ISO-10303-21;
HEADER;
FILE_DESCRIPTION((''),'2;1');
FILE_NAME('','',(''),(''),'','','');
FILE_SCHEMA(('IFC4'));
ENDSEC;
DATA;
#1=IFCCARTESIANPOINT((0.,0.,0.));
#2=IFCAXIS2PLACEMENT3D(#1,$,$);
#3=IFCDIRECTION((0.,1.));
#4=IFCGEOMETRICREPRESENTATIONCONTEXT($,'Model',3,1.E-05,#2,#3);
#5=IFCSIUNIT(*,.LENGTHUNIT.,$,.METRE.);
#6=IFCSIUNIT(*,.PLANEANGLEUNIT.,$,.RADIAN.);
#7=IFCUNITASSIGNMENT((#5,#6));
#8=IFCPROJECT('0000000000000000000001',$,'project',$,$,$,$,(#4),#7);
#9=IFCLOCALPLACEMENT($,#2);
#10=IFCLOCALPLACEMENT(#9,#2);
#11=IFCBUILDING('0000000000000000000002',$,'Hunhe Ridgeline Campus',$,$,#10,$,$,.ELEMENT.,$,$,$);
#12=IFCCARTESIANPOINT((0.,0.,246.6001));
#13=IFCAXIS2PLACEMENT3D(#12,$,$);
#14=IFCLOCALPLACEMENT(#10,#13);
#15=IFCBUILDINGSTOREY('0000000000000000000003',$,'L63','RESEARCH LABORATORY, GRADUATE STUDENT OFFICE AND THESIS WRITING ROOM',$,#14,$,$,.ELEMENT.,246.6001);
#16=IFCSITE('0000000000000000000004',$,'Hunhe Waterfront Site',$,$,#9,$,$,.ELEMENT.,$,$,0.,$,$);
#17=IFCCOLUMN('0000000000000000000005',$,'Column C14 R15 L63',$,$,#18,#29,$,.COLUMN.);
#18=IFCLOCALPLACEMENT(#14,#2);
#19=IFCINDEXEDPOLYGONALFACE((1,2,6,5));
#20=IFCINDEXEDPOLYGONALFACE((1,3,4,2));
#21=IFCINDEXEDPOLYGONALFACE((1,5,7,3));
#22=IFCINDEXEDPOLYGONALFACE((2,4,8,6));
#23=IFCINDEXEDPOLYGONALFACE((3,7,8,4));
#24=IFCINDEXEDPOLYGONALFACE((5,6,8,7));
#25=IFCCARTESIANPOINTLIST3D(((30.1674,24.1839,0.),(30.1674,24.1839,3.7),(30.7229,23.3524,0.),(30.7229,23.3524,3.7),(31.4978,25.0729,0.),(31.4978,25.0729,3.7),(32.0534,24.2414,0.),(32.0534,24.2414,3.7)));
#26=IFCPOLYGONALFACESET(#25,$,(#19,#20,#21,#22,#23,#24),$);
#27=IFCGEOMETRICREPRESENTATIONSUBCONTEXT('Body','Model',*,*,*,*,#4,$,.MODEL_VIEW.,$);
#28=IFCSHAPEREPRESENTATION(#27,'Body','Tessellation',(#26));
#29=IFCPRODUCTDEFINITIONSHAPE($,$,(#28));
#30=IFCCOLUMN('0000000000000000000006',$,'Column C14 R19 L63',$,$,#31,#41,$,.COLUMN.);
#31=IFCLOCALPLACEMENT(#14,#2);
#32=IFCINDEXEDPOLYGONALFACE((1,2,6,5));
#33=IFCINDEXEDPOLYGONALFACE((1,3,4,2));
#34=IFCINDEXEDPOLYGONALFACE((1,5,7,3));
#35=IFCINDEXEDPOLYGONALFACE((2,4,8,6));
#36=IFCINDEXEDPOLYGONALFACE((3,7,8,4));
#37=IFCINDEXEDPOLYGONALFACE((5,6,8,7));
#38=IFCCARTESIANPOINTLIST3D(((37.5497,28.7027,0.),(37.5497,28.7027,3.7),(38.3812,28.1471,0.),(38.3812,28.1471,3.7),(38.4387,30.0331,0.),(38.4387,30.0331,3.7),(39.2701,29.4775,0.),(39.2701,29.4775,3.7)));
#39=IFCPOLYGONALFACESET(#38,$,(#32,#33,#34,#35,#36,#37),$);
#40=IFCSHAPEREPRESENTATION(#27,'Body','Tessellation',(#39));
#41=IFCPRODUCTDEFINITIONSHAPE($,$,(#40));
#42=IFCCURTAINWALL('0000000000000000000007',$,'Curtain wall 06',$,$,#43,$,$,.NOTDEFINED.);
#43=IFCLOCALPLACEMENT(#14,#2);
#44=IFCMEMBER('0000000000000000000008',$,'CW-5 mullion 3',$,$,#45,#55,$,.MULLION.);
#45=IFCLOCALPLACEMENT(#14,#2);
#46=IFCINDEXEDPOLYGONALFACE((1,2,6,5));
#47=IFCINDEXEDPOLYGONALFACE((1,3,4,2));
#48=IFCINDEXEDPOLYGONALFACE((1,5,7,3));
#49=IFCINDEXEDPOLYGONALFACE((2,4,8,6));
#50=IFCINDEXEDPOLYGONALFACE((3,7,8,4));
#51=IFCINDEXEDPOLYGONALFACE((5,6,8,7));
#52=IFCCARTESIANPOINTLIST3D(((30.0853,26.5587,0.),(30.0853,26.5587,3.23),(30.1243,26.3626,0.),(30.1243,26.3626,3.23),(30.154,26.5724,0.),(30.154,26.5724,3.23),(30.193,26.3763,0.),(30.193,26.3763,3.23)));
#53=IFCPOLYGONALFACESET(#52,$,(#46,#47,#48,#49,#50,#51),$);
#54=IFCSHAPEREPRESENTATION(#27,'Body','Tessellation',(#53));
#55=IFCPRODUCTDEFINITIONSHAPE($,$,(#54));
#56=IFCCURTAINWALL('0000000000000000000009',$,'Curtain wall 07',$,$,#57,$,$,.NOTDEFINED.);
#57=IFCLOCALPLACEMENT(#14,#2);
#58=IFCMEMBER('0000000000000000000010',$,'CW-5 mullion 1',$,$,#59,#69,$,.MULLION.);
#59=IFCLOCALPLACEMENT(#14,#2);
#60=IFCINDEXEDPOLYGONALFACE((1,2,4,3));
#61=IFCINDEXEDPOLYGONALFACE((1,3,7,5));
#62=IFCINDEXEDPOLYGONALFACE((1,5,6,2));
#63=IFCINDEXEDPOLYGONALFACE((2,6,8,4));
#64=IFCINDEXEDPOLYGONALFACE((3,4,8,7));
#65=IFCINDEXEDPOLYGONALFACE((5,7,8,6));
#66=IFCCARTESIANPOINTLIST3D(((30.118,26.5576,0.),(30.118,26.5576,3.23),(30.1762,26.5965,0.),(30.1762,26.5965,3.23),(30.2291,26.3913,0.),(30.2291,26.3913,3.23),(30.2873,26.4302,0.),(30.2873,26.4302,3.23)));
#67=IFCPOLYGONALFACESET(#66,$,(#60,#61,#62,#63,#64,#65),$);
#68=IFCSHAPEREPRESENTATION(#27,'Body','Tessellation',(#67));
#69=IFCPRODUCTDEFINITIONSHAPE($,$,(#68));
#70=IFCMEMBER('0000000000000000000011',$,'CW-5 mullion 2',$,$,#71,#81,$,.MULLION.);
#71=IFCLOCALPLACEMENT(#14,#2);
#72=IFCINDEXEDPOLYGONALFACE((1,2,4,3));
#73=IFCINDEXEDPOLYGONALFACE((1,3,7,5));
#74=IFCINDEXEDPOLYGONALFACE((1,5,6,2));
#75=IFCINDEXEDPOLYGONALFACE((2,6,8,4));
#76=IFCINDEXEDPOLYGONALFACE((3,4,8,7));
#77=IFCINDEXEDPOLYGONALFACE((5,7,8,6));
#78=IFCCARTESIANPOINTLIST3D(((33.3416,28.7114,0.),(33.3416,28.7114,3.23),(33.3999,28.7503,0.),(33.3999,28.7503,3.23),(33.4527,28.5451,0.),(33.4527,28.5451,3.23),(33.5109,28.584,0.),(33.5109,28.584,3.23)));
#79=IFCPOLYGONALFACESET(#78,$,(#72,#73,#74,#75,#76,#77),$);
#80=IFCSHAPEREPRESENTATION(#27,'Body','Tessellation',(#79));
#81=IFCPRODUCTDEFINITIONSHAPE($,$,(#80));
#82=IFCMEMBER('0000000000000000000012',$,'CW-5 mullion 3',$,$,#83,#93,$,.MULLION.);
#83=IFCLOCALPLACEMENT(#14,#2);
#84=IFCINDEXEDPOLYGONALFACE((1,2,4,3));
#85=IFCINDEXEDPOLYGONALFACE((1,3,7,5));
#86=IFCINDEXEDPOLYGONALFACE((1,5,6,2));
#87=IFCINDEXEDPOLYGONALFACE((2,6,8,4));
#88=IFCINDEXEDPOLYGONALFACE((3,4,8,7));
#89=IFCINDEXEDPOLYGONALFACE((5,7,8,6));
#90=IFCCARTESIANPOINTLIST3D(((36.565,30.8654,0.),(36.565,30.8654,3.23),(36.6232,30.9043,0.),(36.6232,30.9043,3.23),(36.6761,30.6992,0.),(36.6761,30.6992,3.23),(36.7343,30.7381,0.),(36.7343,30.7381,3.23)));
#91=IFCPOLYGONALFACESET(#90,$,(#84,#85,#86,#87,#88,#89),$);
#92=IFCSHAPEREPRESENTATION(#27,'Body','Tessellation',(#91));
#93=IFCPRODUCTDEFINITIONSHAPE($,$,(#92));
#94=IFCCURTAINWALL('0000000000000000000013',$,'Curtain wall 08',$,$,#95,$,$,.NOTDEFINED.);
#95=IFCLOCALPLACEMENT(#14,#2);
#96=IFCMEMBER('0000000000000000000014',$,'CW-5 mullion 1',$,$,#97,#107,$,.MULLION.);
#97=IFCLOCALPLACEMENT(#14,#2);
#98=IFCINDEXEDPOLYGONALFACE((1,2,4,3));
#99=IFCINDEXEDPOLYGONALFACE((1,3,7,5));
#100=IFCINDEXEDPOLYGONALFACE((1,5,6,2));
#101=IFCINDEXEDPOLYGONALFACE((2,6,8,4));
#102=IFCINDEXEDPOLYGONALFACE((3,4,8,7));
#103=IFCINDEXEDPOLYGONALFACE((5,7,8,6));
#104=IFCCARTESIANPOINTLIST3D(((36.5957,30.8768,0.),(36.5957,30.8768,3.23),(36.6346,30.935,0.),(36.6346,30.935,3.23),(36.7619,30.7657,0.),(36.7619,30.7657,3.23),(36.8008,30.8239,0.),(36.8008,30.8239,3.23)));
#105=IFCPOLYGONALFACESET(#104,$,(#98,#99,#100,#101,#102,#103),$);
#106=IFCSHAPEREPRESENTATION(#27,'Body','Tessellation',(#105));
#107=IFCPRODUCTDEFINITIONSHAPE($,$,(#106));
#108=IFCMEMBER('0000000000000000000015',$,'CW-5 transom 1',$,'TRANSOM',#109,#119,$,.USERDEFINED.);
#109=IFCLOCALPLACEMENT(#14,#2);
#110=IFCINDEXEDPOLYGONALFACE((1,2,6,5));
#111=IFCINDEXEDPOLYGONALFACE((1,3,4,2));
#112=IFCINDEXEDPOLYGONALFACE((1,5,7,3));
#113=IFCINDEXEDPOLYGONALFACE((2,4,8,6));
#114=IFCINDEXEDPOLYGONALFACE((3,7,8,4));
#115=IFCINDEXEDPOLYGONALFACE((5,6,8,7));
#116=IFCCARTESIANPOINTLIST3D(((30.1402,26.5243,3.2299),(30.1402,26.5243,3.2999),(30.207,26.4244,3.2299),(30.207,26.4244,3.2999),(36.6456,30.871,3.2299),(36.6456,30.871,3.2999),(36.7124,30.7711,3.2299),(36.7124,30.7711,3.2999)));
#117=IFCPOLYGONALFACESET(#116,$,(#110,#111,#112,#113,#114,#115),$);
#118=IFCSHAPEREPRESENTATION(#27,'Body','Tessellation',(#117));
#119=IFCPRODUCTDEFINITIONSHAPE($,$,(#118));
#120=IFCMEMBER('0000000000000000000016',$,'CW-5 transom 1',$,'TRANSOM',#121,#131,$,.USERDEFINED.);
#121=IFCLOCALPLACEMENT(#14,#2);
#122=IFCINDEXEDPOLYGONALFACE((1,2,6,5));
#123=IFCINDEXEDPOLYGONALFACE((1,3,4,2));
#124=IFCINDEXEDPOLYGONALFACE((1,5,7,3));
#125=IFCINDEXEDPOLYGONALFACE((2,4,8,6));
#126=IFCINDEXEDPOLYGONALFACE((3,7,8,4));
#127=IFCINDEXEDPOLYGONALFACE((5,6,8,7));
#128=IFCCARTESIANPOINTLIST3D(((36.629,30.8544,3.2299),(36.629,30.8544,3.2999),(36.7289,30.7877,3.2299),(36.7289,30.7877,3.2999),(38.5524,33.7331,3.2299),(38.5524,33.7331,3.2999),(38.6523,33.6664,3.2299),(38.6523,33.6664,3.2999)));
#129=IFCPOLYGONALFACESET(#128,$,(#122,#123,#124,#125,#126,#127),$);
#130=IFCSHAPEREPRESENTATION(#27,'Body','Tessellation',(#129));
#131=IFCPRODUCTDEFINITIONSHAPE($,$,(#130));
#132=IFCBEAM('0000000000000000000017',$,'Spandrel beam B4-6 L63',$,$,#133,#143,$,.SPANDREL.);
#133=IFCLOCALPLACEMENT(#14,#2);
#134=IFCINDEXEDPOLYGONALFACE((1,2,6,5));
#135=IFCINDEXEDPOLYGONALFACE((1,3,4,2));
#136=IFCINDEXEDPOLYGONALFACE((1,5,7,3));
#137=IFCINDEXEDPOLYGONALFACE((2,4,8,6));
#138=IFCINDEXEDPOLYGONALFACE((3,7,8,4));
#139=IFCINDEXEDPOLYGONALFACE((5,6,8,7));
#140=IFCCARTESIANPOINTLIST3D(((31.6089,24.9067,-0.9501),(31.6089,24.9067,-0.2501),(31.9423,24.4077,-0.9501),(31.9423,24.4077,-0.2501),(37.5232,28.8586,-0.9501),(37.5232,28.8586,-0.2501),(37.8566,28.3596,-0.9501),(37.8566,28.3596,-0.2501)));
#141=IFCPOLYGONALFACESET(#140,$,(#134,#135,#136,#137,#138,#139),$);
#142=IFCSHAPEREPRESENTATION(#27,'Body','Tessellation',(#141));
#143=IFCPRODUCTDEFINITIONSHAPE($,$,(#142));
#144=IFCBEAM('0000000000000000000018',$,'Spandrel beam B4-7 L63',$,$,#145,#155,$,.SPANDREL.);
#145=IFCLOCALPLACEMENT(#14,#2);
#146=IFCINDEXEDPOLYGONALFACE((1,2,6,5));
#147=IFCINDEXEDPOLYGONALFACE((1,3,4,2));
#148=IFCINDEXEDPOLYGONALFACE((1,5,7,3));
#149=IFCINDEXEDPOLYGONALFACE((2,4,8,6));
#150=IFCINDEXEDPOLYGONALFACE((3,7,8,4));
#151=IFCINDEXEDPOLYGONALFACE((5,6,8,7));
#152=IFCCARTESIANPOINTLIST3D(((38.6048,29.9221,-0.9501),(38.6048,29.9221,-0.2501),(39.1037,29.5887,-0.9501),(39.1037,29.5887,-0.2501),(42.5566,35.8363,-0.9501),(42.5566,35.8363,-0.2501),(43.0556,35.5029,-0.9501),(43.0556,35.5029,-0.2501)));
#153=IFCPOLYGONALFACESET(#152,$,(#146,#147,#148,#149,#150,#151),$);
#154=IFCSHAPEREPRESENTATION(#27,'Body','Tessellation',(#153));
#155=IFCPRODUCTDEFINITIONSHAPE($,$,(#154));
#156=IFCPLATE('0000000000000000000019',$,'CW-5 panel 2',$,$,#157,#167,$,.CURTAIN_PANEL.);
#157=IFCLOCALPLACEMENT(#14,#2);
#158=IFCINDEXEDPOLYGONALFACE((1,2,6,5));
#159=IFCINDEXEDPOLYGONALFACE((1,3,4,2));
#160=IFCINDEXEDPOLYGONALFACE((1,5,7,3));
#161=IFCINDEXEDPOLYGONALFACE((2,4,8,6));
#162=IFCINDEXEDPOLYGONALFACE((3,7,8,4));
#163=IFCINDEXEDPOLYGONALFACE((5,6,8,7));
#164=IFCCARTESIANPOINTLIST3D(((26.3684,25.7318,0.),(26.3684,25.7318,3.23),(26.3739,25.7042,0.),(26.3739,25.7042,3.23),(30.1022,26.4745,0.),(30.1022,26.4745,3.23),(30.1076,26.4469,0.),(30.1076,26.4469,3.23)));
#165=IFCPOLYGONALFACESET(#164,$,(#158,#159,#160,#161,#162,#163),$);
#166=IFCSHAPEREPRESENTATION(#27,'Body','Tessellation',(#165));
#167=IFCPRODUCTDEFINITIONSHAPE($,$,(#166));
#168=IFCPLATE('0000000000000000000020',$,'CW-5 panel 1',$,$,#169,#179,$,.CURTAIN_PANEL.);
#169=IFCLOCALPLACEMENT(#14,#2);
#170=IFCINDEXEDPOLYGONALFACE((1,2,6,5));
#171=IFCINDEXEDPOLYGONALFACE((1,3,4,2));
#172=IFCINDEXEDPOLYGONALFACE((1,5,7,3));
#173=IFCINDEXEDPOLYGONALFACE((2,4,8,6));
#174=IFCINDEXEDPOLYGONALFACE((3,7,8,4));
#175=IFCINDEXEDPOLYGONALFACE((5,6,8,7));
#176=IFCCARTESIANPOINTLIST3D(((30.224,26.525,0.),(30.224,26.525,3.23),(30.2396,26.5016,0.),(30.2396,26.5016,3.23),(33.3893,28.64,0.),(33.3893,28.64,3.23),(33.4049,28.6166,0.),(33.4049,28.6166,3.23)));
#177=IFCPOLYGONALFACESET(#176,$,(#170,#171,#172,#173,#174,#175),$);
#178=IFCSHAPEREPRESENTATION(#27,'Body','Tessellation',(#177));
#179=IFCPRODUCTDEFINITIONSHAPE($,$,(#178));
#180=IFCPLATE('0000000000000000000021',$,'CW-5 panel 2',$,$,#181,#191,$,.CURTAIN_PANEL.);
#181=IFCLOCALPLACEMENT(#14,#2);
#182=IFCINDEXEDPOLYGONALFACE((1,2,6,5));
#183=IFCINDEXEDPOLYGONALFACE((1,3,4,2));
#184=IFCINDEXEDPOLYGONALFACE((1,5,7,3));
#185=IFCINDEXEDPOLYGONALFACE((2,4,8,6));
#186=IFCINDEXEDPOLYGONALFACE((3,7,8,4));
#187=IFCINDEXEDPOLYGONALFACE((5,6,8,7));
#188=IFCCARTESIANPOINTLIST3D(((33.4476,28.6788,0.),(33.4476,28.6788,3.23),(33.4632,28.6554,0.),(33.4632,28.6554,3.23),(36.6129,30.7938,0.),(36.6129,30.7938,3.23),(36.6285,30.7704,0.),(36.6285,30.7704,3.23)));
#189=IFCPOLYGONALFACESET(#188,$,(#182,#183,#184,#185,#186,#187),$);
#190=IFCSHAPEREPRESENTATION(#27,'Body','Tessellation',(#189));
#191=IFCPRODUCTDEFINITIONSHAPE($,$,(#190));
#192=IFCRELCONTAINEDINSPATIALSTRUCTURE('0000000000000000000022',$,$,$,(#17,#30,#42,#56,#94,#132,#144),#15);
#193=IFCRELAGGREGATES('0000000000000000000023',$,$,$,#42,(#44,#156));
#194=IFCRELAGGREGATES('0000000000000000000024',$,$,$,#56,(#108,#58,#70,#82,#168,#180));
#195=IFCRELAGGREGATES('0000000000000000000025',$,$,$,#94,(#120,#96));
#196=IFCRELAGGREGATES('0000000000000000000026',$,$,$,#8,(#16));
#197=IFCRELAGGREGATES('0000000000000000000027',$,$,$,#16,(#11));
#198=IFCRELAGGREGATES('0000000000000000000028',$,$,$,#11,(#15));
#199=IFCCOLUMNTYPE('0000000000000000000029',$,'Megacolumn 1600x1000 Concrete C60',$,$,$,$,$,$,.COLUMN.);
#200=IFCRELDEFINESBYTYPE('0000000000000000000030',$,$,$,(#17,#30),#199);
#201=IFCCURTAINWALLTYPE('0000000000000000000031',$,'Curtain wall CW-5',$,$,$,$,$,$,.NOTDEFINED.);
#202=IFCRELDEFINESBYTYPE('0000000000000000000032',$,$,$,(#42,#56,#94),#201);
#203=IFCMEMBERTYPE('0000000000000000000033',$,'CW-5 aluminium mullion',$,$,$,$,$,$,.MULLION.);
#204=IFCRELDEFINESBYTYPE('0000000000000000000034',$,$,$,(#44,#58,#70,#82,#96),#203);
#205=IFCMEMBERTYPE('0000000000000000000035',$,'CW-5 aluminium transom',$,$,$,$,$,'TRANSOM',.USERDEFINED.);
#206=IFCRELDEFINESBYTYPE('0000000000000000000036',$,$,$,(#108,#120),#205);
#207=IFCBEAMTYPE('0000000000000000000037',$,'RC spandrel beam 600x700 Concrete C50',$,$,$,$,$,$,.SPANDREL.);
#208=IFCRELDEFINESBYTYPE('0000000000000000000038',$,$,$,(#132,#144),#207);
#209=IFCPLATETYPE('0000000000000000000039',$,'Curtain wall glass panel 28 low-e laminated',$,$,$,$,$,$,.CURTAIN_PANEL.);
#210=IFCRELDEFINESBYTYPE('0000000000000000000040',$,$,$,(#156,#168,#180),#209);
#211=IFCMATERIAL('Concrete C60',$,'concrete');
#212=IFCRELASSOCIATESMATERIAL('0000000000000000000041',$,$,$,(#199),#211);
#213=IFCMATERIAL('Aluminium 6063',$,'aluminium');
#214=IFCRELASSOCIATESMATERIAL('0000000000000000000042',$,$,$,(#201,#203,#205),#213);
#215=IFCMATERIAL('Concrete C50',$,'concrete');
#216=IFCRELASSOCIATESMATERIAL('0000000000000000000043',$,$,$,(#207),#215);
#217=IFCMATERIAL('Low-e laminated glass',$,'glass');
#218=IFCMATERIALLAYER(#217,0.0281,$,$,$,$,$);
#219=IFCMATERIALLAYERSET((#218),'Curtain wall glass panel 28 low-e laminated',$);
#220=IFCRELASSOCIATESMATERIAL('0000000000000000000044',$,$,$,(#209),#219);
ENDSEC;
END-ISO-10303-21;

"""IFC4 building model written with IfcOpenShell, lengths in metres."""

from ifc_helpers import new_model, si_unit, direction, frame, origin, origin_2d, place, context, subcontext, project, spatial, rectangle, extrude, material, layer, layer_set, material_profile, profile_set, type_object, element, aggregate, save


model = new_model("IFC4")

# Units and contexts
model_context = context("Model", 3, precision=1e-05, world=origin(), true_north=direction((0.0, 1.0)))
body_context = subcontext(model_context, "Body", "Model", "MODEL_VIEW")
ifc_project = project(units=[si_unit("LENGTHUNIT", "METRE"), si_unit("PLANEANGLEUNIT", "RADIAN")], contexts=[model_context])

# Site, building, storey
site_placement = place(None, origin())
site = spatial("IfcSite", under=ifc_project, at=site_placement, Name="Hunhe Waterfront Site", CompositionType="ELEMENT", RefElevation=0.0)
building_placement = place(site_placement, origin())
building = spatial("IfcBuilding", under=site, at=building_placement, Name="Hunhe Ridgeline Campus", CompositionType="ELEMENT")
storey_placement = place(building_placement, frame((0.0, 0.0, 246.6001)))
storey = spatial("IfcBuildingStorey", under=building, at=storey_placement, Name="L63", Description="RESEARCH LABORATORY, GRADUATE STUDENT OFFICE AND THESIS WRITING ROOM", CompositionType="ELEMENT", Elevation=246.6001)

# Columns
ifc_material_1 = material(Name="Concrete C60", Category="concrete")
ifc_material_profile_1 = material_profile(ifc_material_1, rectangle(XDim=1.6001, YDim=1.0, at=origin_2d()))
ifc_profile_set_1 = profile_set([ifc_material_profile_1], Name="Concrete C60")
column_type = type_object("IfcColumnType", Name="Megacolumn 1600x1000 Concrete C60", PredefinedType="COLUMN", material=ifc_profile_set_1)
for number, where, z_axis, x_axis, name in (
    (1, (31.1104, 24.2126, 0.0), (0.0, 0.0, 1.0), (0.83147, 0.55557, 0.0), "Column C14 R15 L63"),
    (2, (38.4099, 29.0901, 0.0), (0.0, 0.0, 1.0), (0.55557, 0.83147, 0.0), "Column C14 R19 L63"),
):
    element("IfcColumn", number, at=place(storey_placement, frame(where, z_axis=z_axis, x_axis=x_axis)), inside=storey, type_object=column_type, Name=name, PredefinedType="COLUMN", context=body_context, shape_type="SweptSolid", body=[
        extrude(rectangle(XDim=1.6001, YDim=1.0, at=origin_2d()), origin(), (0.0, 0.0, 1.0), 3.7),
    ])

# Curtain wall, member
ifc_material_2 = material(Name="Aluminium 6063", Category="aluminium")
curtain_wall_type = type_object("IfcCurtainWallType", Name="Curtain wall CW-5", PredefinedType="NOTDEFINED", material=ifc_material_2)
curtain_wall_1_placement = place(storey_placement, origin())
curtain_wall_1 = element("IfcCurtainWall", 3, at=curtain_wall_1_placement, inside=storey, type_object=curtain_wall_type, Name="Curtain wall 06", PredefinedType="NOTDEFINED")
ifc_material_profile_2 = material_profile(ifc_material_2, rectangle(XDim=0.2, YDim=0.0701, at=origin_2d()))
ifc_profile_set_2 = profile_set([ifc_material_profile_2], Name="Aluminium 6063")
member_type_1 = type_object("IfcMemberType", Name="CW-5 aluminium mullion", PredefinedType="MULLION", material=ifc_profile_set_2)
member_1_placement = place(storey_placement, frame((30.1392, 26.4675, 0.0), z_axis=(0.0, 0.0, 1.0), x_axis=(-0.19509, 0.980785, 0.0)))
member_1 = element("IfcMember", 4, at=member_1_placement, type_object=member_type_1, Name="CW-5 mullion 3", PredefinedType="MULLION", context=body_context, shape_type="SweptSolid", body=[
    extrude(rectangle(XDim=0.2, YDim=0.0701, at=origin_2d()), origin(), (0.0, 0.0, 1.0), 3.23),
])

# Curtain wall, members
curtain_wall_2_placement = place(storey_placement, origin())
curtain_wall_2 = element("IfcCurtainWall", 5, at=curtain_wall_2_placement, inside=storey, type_object=curtain_wall_type, Name="Curtain wall 07", PredefinedType="NOTDEFINED")
member_2_placement = place(storey_placement, frame((30.2026, 26.4939, 0.0), z_axis=(0.0, 0.0, 1.0), x_axis=(-0.55557, 0.83147, 0.0)))
member_2 = element("IfcMember", 6, at=member_2_placement, type_object=member_type_1, Name="CW-5 mullion 1", PredefinedType="MULLION", context=body_context, shape_type="SweptSolid", body=[
    extrude(rectangle(XDim=0.2, YDim=0.0701, at=origin_2d()), origin(), (0.0, 0.0, 1.0), 3.23),
])
member_3_placement = place(storey_placement, frame((33.4263, 28.6477, 0.0), z_axis=(0.0, 0.0, 1.0), x_axis=(-0.55557, 0.83147, 0.0)))
member_3 = element("IfcMember", 7, at=member_3_placement, type_object=member_type_1, Name="CW-5 mullion 2", PredefinedType="MULLION", context=body_context, shape_type="SweptSolid", body=[
    extrude(rectangle(XDim=0.2, YDim=0.0701, at=origin_2d()), origin(), (0.0, 0.0, 1.0), 3.23),
])
member_4_placement = place(storey_placement, frame((36.6497, 30.8018, 0.0), z_axis=(0.0, 0.0, 1.0), x_axis=(-0.55557, 0.83147, 0.0)))
member_4 = element("IfcMember", 8, at=member_4_placement, type_object=member_type_1, Name="CW-5 mullion 3", PredefinedType="MULLION", context=body_context, shape_type="SweptSolid", body=[
    extrude(rectangle(XDim=0.2, YDim=0.0701, at=origin_2d()), origin(), (0.0, 0.0, 1.0), 3.23),
])

# Curtain wall, member
curtain_wall_3_placement = place(storey_placement, origin())
curtain_wall_3 = element("IfcCurtainWall", 9, at=curtain_wall_3_placement, inside=storey, type_object=curtain_wall_type, Name="Curtain wall 08", PredefinedType="NOTDEFINED")
member_5_placement = place(storey_placement, frame((36.6982, 30.8503, 0.0), z_axis=(0.0, 0.0, 1.0), x_axis=(-0.83147, 0.55557, 0.0)))
member_5 = element("IfcMember", 10, at=member_5_placement, type_object=member_type_1, Name="CW-5 mullion 1", PredefinedType="MULLION", context=body_context, shape_type="SweptSolid", body=[
    extrude(rectangle(XDim=0.2, YDim=0.0701, at=origin_2d()), origin(), (0.0, 0.0, 1.0), 3.23),
])

# Members
ifc_material_profile_3 = material_profile(ifc_material_2, rectangle(XDim=0.1201, YDim=0.0701, at=origin_2d()))
ifc_profile_set_3 = profile_set([ifc_material_profile_3], Name="Aluminium 6063")
member_type_2 = type_object("IfcMemberType", Name="CW-5 aluminium transom", ElementType="TRANSOM", PredefinedType="USERDEFINED", material=ifc_profile_set_3)
member_6_placement = place(storey_placement, frame((30.1736, 26.4744, 3.2649), z_axis=(0.831474, 0.555564, 0.0), x_axis=(-0.555564, 0.831474, 0.0)))
member_6 = element("IfcMember", 11, at=member_6_placement, type_object=member_type_2, Name="CW-5 transom 1", ObjectType="TRANSOM", PredefinedType="USERDEFINED", context=body_context, shape_type="SweptSolid", body=[
    extrude(rectangle(XDim=0.1201, YDim=0.0701, at=origin_2d()), origin(), (0.0, 0.0, 1.0), 7.824),
])
member_7_placement = place(storey_placement, frame((36.679, 30.821, 3.2649), z_axis=(0.555546, 0.831486, 0.0), x_axis=(-0.831486, 0.555546, 0.0)))
member_7 = element("IfcMember", 12, at=member_7_placement, type_object=member_type_2, Name="CW-5 transom 1", ObjectType="TRANSOM", PredefinedType="USERDEFINED", context=body_context, shape_type="SweptSolid", body=[
    extrude(rectangle(XDim=0.1201, YDim=0.0701, at=origin_2d()), origin(), (0.0, 0.0, 1.0), 3.4622),
])

# Beams
ifc_material_3 = material(Name="Concrete C50", Category="concrete")
ifc_material_profile_4 = material_profile(ifc_material_3, rectangle(XDim=0.6001, YDim=0.7, at=origin_2d()))
ifc_profile_set_4 = profile_set([ifc_material_profile_4], Name="Concrete C50")
beam_type = type_object("IfcBeamType", Name="RC spandrel beam 600x700 Concrete C50", PredefinedType="SPANDREL", material=ifc_profile_set_4)
for number, where, z_axis, x_axis, name in (
    (13, (31.7756, 24.6572, -0.6001), (0.831464, 0.555579, 0.0), (-0.555579, 0.831464, 0.0), "Spandrel beam B4-6 L63"),
    (14, (38.8542, 29.7554, -0.6001), (0.555579, 0.831464, 0.0), (-0.831464, 0.555579, 0.0), "Spandrel beam B4-7 L63"),
):
    element("IfcBeam", number, at=place(storey_placement, frame(where, z_axis=z_axis, x_axis=x_axis)), inside=storey, type_object=beam_type, Name=name, PredefinedType="SPANDREL", context=body_context, shape_type="SweptSolid", body=[
        extrude(rectangle(XDim=0.6001, YDim=0.7, at=origin_2d()), origin(), (0.0, 0.0, 1.0), 7.113),
    ])

# Plates
ifc_material_4 = material(Name="Low-e laminated glass", Category="glass")
ifc_layer_1 = layer(ifc_material_4, 0.0281)
ifc_layer_set_1 = layer_set([ifc_layer_1], Name="Curtain wall glass panel 28 low-e laminated")
plate_type = type_object("IfcPlateType", Name="Curtain wall glass panel 28 low-e laminated", PredefinedType="CURTAIN_PANEL", material=ifc_layer_set_1)
plate_1_placement = place(storey_placement, frame((28.238, 26.0894, 0.0), z_axis=(0.0, 0.0, 1.0), x_axis=(0.980785, 0.19509, 0.0)))
plate_1 = element("IfcPlate", 15, at=plate_1_placement, type_object=plate_type, Name="CW-5 panel 2", PredefinedType="CURTAIN_PANEL", context=body_context, shape_type="SweptSolid", body=[
    extrude(rectangle(XDim=3.8069, YDim=0.0281, at=origin_2d()), origin(), (0.0, 0.0, 1.0), 3.23),
])
aggregate(curtain_wall_1, [member_1, plate_1])
plate_2_placement = place(storey_placement, frame((31.8145, 27.5708, 0.0), z_axis=(0.0, 0.0, 1.0), x_axis=(0.83147, 0.55557, 0.0)))
plate_2 = element("IfcPlate", 16, at=plate_2_placement, type_object=plate_type, Name="CW-5 panel 1", PredefinedType="CURTAIN_PANEL", context=body_context, shape_type="SweptSolid", body=[
    extrude(rectangle(XDim=3.8069, YDim=0.0281, at=origin_2d()), origin(), (0.0, 0.0, 1.0), 3.23),
])
plate_3_placement = place(storey_placement, frame((35.0381, 29.7246, 0.0), z_axis=(0.0, 0.0, 1.0), x_axis=(0.83147, 0.55557, 0.0)))
plate_3 = element("IfcPlate", 17, at=plate_3_placement, type_object=plate_type, Name="CW-5 panel 2", PredefinedType="CURTAIN_PANEL", context=body_context, shape_type="SweptSolid", body=[
    extrude(rectangle(XDim=3.8069, YDim=0.0281, at=origin_2d()), origin(), (0.0, 0.0, 1.0), 3.23),
])
aggregate(curtain_wall_2, [member_6, member_2, member_3, member_4, plate_2, plate_3])
aggregate(curtain_wall_3, [member_7, member_5])

save(model, "model.ifc")
